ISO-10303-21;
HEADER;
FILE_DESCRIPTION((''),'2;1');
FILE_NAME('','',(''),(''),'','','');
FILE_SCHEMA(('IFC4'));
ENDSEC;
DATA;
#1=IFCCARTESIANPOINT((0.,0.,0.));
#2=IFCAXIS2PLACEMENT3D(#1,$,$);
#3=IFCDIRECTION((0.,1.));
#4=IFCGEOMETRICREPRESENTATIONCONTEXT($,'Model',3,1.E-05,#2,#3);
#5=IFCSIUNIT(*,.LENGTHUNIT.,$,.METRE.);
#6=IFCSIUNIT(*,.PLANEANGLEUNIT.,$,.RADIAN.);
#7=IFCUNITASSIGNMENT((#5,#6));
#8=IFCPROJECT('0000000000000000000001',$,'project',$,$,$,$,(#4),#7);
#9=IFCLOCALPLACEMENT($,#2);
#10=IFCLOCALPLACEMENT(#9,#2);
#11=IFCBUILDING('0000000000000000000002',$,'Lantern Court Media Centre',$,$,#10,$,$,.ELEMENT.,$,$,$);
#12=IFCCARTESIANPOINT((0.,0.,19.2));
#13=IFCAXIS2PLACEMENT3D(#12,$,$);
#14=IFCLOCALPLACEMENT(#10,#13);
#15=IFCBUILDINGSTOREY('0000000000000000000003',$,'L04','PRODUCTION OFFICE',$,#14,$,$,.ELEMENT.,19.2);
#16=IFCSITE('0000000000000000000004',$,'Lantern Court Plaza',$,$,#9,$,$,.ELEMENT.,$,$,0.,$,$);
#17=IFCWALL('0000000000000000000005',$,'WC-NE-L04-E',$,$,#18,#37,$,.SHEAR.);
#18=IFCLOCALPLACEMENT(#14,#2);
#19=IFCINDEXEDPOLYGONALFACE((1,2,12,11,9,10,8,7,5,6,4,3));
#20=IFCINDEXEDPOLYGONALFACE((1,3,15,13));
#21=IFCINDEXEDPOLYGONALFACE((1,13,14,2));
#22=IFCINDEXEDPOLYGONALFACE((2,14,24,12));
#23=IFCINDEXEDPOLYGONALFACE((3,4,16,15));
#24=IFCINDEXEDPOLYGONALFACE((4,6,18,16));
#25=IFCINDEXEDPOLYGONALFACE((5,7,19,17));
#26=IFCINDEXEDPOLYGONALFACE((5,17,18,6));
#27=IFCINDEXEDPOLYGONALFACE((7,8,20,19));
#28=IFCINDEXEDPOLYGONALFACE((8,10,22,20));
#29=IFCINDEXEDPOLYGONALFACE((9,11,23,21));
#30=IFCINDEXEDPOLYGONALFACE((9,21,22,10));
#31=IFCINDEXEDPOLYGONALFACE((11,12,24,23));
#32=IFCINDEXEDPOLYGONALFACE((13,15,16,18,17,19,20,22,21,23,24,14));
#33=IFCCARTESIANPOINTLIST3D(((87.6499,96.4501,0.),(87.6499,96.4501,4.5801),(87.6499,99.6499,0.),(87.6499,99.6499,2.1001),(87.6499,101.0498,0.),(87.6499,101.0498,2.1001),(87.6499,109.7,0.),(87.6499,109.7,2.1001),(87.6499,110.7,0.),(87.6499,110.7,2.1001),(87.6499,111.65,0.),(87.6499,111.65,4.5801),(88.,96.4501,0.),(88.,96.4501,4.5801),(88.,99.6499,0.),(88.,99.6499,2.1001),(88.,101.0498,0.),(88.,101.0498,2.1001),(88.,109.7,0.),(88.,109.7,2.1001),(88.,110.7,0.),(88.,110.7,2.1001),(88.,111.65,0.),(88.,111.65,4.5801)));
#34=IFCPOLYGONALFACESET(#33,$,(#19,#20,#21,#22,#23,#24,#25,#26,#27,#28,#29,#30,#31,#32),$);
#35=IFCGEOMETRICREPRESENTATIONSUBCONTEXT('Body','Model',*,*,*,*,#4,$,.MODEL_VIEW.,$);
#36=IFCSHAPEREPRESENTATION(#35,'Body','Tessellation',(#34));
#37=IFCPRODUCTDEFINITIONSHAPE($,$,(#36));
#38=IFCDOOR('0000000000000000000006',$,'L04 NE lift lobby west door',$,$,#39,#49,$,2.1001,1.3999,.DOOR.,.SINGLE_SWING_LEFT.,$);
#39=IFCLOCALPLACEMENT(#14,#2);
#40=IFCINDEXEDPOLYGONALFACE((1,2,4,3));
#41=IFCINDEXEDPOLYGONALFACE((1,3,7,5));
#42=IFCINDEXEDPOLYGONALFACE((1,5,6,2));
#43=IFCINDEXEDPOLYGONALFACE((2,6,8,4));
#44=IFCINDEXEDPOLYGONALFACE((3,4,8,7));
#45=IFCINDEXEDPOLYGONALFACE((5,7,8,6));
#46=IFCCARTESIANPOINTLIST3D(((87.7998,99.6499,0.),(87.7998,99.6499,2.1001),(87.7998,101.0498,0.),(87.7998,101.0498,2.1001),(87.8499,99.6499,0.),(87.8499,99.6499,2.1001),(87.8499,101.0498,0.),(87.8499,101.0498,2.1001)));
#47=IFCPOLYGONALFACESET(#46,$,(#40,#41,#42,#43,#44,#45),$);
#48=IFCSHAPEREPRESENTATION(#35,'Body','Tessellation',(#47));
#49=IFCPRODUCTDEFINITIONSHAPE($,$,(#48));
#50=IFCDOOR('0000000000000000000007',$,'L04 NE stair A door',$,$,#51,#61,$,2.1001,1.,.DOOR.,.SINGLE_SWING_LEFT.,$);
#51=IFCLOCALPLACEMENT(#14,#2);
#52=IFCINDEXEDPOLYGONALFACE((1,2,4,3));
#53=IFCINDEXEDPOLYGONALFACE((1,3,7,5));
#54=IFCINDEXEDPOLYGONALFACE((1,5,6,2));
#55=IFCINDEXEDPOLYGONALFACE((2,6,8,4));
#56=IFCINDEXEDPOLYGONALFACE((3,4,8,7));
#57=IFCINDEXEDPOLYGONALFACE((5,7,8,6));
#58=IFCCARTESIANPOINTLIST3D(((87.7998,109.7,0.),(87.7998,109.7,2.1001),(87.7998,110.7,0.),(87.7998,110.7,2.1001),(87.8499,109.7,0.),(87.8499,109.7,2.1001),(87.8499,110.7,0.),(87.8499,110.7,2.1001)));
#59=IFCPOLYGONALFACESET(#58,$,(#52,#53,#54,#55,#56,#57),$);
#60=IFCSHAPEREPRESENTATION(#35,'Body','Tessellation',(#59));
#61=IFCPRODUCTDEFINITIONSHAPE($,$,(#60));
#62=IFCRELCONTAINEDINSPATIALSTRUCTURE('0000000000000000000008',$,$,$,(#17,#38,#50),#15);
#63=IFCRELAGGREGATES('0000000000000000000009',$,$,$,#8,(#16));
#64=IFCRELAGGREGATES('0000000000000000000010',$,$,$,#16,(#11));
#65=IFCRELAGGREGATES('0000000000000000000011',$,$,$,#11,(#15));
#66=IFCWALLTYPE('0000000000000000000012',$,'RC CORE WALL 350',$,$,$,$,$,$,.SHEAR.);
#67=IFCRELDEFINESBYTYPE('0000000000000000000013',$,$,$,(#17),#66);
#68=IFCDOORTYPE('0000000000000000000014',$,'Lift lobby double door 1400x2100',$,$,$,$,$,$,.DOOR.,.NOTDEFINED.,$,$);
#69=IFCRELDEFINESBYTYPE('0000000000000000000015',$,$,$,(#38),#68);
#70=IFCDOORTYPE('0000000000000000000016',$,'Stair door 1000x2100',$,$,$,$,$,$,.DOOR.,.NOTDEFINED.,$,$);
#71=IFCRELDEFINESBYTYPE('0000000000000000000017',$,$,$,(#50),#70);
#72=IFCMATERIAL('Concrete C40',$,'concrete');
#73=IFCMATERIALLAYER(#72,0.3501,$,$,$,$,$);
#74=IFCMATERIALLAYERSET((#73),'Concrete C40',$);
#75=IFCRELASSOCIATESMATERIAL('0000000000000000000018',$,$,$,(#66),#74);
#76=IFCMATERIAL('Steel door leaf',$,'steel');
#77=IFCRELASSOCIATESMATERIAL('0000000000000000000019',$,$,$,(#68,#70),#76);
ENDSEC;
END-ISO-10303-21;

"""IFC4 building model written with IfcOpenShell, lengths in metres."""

from ifc_helpers import new_model, si_unit, direction, frame, frame_2d, origin, place, context, subcontext, project, spatial, rectangle, extrude, material, layer, layer_set, type_object, element, fill, save


model = new_model("IFC4")

# Units and contexts
model_context = context("Model", 3, precision=1e-05, world=origin(), true_north=direction((0.0, 1.0)))
body_context = subcontext(model_context, "Body", "Model", "MODEL_VIEW")
ifc_project = project(units=[si_unit("LENGTHUNIT", "METRE"), si_unit("PLANEANGLEUNIT", "RADIAN")], contexts=[model_context])

# Site, building, storey
site_placement = place(None, origin())
site = spatial("IfcSite", under=ifc_project, at=site_placement, Name="Lantern Court Plaza", CompositionType="ELEMENT", RefElevation=0.0)
building_placement = place(site_placement, origin())
building = spatial("IfcBuilding", under=site, at=building_placement, Name="Lantern Court Media Centre", CompositionType="ELEMENT")
storey_placement = place(building_placement, frame((0.0, 0.0, 19.2)))
storey = spatial("IfcBuildingStorey", under=building, at=storey_placement, Name="L04", Description="PRODUCTION OFFICE", CompositionType="ELEMENT", Elevation=19.2)

# Shared definitions
ifc_material_1 = material(Name="Concrete C40", Category="concrete")
ifc_material_2 = material(Name="Steel door leaf", Category="steel")

# Wall, openings, doors
ifc_layer_1 = layer(ifc_material_1, 0.3501)
ifc_layer_set_1 = layer_set([ifc_layer_1], Name="Concrete C40")
wall_type_1 = type_object("IfcWallType", Name="RC CORE WALL 350", PredefinedType="SHEAR", material=ifc_layer_set_1)
wall_1_placement = place(storey_placement, frame((87.825, 96.45, 0.0), z_axis=(0.0, 0.0, 1.0), x_axis=(0.0, 1.0, 0.0)))
wall_1 = element("IfcWall", 1, at=wall_1_placement, inside=storey, type_object=wall_type_1, Name="WC-NE-L04-E", PredefinedType="SHEAR", context=body_context, shape_type="SweptSolid", body=[
    extrude(rectangle(XDim=15.2, YDim=0.3501, at=frame_2d((7.6001, 0.0))), origin(), (0.0, 0.0, 1.0), 4.5801),
])
opening_1_placement = place(wall_1_placement, frame((13.25, 0.0, 0.0)))
opening_1 = element("IfcOpeningElement", 2, at=opening_1_placement, cuts=wall_1, PredefinedType="OPENING", context=body_context, shape_type="SweptSolid", body=[
    extrude(rectangle(XDim=1.0, YDim=2.1001, at=frame_2d((0.5, 1.05))), frame((0.0, 0.1851, 0.0), z_axis=(0.0, -1.0, 0.0), x_axis=(1.0, 0.0, 0.0)), (0.0, 0.0, 1.0), 0.3701),
])
opening_2_placement = place(wall_1_placement, frame((3.2, 0.0, 0.0)))
opening_2 = element("IfcOpeningElement", 3, at=opening_2_placement, cuts=wall_1, PredefinedType="OPENING", context=body_context, shape_type="SweptSolid", body=[
    extrude(rectangle(XDim=1.3999, YDim=2.1001, at=frame_2d((0.7, 1.05))), frame((0.0, 0.1851, 0.0), z_axis=(0.0, -1.0, 0.0), x_axis=(1.0, 0.0, 0.0)), (0.0, 0.0, 1.0), 0.3701),
])
door_type_1 = type_object("IfcDoorType", Name="Lift lobby double door 1400x2100", OperationType="NOTDEFINED", PredefinedType="DOOR", material=ifc_material_2)
door_1_placement = place(opening_2_placement, frame((1.3999, 0.0, 0.0), z_axis=(0.0, 0.0, 1.0), x_axis=(-1.0, 0.0, 0.0)))
door_1 = element("IfcDoor", 4, at=door_1_placement, inside=storey, type_object=door_type_1, Name="L04 NE lift lobby west door", OperationType="SINGLE_SWING_LEFT", OverallHeight=2.1001, OverallWidth=1.3999, PredefinedType="DOOR", context=body_context, shape_type="SweptSolid", body=[
    extrude(rectangle(XDim=1.3999, YDim=2.1001, at=frame_2d((0.7, 1.05))), frame((0.0, 0.0249, 0.0), z_axis=(0.0, -1.0, 0.0), x_axis=(1.0, 0.0, 0.0)), (0.0, 0.0, 1.0), 0.05),
])
fill(opening_2, door_1)
door_type_2 = type_object("IfcDoorType", Name="Stair door 1000x2100", OperationType="NOTDEFINED", PredefinedType="DOOR", material=ifc_material_2)
door_2_placement = place(opening_1_placement, frame((1.0, 0.0, 0.0), z_axis=(0.0, 0.0, 1.0), x_axis=(-1.0, 0.0, 0.0)))
door_2 = element("IfcDoor", 5, at=door_2_placement, inside=storey, type_object=door_type_2, Name="L04 NE stair A door", OperationType="SINGLE_SWING_LEFT", OverallHeight=2.1001, OverallWidth=1.0, PredefinedType="DOOR", context=body_context, shape_type="SweptSolid", body=[
    extrude(rectangle(XDim=1.0, YDim=2.1001, at=frame_2d((0.5, 1.05))), frame((0.0, 0.0249, 0.0), z_axis=(0.0, -1.0, 0.0), x_axis=(1.0, 0.0, 0.0)), (0.0, 0.0, 1.0), 0.05),
])
fill(opening_1, door_2)

save(model, "model.ifc")
